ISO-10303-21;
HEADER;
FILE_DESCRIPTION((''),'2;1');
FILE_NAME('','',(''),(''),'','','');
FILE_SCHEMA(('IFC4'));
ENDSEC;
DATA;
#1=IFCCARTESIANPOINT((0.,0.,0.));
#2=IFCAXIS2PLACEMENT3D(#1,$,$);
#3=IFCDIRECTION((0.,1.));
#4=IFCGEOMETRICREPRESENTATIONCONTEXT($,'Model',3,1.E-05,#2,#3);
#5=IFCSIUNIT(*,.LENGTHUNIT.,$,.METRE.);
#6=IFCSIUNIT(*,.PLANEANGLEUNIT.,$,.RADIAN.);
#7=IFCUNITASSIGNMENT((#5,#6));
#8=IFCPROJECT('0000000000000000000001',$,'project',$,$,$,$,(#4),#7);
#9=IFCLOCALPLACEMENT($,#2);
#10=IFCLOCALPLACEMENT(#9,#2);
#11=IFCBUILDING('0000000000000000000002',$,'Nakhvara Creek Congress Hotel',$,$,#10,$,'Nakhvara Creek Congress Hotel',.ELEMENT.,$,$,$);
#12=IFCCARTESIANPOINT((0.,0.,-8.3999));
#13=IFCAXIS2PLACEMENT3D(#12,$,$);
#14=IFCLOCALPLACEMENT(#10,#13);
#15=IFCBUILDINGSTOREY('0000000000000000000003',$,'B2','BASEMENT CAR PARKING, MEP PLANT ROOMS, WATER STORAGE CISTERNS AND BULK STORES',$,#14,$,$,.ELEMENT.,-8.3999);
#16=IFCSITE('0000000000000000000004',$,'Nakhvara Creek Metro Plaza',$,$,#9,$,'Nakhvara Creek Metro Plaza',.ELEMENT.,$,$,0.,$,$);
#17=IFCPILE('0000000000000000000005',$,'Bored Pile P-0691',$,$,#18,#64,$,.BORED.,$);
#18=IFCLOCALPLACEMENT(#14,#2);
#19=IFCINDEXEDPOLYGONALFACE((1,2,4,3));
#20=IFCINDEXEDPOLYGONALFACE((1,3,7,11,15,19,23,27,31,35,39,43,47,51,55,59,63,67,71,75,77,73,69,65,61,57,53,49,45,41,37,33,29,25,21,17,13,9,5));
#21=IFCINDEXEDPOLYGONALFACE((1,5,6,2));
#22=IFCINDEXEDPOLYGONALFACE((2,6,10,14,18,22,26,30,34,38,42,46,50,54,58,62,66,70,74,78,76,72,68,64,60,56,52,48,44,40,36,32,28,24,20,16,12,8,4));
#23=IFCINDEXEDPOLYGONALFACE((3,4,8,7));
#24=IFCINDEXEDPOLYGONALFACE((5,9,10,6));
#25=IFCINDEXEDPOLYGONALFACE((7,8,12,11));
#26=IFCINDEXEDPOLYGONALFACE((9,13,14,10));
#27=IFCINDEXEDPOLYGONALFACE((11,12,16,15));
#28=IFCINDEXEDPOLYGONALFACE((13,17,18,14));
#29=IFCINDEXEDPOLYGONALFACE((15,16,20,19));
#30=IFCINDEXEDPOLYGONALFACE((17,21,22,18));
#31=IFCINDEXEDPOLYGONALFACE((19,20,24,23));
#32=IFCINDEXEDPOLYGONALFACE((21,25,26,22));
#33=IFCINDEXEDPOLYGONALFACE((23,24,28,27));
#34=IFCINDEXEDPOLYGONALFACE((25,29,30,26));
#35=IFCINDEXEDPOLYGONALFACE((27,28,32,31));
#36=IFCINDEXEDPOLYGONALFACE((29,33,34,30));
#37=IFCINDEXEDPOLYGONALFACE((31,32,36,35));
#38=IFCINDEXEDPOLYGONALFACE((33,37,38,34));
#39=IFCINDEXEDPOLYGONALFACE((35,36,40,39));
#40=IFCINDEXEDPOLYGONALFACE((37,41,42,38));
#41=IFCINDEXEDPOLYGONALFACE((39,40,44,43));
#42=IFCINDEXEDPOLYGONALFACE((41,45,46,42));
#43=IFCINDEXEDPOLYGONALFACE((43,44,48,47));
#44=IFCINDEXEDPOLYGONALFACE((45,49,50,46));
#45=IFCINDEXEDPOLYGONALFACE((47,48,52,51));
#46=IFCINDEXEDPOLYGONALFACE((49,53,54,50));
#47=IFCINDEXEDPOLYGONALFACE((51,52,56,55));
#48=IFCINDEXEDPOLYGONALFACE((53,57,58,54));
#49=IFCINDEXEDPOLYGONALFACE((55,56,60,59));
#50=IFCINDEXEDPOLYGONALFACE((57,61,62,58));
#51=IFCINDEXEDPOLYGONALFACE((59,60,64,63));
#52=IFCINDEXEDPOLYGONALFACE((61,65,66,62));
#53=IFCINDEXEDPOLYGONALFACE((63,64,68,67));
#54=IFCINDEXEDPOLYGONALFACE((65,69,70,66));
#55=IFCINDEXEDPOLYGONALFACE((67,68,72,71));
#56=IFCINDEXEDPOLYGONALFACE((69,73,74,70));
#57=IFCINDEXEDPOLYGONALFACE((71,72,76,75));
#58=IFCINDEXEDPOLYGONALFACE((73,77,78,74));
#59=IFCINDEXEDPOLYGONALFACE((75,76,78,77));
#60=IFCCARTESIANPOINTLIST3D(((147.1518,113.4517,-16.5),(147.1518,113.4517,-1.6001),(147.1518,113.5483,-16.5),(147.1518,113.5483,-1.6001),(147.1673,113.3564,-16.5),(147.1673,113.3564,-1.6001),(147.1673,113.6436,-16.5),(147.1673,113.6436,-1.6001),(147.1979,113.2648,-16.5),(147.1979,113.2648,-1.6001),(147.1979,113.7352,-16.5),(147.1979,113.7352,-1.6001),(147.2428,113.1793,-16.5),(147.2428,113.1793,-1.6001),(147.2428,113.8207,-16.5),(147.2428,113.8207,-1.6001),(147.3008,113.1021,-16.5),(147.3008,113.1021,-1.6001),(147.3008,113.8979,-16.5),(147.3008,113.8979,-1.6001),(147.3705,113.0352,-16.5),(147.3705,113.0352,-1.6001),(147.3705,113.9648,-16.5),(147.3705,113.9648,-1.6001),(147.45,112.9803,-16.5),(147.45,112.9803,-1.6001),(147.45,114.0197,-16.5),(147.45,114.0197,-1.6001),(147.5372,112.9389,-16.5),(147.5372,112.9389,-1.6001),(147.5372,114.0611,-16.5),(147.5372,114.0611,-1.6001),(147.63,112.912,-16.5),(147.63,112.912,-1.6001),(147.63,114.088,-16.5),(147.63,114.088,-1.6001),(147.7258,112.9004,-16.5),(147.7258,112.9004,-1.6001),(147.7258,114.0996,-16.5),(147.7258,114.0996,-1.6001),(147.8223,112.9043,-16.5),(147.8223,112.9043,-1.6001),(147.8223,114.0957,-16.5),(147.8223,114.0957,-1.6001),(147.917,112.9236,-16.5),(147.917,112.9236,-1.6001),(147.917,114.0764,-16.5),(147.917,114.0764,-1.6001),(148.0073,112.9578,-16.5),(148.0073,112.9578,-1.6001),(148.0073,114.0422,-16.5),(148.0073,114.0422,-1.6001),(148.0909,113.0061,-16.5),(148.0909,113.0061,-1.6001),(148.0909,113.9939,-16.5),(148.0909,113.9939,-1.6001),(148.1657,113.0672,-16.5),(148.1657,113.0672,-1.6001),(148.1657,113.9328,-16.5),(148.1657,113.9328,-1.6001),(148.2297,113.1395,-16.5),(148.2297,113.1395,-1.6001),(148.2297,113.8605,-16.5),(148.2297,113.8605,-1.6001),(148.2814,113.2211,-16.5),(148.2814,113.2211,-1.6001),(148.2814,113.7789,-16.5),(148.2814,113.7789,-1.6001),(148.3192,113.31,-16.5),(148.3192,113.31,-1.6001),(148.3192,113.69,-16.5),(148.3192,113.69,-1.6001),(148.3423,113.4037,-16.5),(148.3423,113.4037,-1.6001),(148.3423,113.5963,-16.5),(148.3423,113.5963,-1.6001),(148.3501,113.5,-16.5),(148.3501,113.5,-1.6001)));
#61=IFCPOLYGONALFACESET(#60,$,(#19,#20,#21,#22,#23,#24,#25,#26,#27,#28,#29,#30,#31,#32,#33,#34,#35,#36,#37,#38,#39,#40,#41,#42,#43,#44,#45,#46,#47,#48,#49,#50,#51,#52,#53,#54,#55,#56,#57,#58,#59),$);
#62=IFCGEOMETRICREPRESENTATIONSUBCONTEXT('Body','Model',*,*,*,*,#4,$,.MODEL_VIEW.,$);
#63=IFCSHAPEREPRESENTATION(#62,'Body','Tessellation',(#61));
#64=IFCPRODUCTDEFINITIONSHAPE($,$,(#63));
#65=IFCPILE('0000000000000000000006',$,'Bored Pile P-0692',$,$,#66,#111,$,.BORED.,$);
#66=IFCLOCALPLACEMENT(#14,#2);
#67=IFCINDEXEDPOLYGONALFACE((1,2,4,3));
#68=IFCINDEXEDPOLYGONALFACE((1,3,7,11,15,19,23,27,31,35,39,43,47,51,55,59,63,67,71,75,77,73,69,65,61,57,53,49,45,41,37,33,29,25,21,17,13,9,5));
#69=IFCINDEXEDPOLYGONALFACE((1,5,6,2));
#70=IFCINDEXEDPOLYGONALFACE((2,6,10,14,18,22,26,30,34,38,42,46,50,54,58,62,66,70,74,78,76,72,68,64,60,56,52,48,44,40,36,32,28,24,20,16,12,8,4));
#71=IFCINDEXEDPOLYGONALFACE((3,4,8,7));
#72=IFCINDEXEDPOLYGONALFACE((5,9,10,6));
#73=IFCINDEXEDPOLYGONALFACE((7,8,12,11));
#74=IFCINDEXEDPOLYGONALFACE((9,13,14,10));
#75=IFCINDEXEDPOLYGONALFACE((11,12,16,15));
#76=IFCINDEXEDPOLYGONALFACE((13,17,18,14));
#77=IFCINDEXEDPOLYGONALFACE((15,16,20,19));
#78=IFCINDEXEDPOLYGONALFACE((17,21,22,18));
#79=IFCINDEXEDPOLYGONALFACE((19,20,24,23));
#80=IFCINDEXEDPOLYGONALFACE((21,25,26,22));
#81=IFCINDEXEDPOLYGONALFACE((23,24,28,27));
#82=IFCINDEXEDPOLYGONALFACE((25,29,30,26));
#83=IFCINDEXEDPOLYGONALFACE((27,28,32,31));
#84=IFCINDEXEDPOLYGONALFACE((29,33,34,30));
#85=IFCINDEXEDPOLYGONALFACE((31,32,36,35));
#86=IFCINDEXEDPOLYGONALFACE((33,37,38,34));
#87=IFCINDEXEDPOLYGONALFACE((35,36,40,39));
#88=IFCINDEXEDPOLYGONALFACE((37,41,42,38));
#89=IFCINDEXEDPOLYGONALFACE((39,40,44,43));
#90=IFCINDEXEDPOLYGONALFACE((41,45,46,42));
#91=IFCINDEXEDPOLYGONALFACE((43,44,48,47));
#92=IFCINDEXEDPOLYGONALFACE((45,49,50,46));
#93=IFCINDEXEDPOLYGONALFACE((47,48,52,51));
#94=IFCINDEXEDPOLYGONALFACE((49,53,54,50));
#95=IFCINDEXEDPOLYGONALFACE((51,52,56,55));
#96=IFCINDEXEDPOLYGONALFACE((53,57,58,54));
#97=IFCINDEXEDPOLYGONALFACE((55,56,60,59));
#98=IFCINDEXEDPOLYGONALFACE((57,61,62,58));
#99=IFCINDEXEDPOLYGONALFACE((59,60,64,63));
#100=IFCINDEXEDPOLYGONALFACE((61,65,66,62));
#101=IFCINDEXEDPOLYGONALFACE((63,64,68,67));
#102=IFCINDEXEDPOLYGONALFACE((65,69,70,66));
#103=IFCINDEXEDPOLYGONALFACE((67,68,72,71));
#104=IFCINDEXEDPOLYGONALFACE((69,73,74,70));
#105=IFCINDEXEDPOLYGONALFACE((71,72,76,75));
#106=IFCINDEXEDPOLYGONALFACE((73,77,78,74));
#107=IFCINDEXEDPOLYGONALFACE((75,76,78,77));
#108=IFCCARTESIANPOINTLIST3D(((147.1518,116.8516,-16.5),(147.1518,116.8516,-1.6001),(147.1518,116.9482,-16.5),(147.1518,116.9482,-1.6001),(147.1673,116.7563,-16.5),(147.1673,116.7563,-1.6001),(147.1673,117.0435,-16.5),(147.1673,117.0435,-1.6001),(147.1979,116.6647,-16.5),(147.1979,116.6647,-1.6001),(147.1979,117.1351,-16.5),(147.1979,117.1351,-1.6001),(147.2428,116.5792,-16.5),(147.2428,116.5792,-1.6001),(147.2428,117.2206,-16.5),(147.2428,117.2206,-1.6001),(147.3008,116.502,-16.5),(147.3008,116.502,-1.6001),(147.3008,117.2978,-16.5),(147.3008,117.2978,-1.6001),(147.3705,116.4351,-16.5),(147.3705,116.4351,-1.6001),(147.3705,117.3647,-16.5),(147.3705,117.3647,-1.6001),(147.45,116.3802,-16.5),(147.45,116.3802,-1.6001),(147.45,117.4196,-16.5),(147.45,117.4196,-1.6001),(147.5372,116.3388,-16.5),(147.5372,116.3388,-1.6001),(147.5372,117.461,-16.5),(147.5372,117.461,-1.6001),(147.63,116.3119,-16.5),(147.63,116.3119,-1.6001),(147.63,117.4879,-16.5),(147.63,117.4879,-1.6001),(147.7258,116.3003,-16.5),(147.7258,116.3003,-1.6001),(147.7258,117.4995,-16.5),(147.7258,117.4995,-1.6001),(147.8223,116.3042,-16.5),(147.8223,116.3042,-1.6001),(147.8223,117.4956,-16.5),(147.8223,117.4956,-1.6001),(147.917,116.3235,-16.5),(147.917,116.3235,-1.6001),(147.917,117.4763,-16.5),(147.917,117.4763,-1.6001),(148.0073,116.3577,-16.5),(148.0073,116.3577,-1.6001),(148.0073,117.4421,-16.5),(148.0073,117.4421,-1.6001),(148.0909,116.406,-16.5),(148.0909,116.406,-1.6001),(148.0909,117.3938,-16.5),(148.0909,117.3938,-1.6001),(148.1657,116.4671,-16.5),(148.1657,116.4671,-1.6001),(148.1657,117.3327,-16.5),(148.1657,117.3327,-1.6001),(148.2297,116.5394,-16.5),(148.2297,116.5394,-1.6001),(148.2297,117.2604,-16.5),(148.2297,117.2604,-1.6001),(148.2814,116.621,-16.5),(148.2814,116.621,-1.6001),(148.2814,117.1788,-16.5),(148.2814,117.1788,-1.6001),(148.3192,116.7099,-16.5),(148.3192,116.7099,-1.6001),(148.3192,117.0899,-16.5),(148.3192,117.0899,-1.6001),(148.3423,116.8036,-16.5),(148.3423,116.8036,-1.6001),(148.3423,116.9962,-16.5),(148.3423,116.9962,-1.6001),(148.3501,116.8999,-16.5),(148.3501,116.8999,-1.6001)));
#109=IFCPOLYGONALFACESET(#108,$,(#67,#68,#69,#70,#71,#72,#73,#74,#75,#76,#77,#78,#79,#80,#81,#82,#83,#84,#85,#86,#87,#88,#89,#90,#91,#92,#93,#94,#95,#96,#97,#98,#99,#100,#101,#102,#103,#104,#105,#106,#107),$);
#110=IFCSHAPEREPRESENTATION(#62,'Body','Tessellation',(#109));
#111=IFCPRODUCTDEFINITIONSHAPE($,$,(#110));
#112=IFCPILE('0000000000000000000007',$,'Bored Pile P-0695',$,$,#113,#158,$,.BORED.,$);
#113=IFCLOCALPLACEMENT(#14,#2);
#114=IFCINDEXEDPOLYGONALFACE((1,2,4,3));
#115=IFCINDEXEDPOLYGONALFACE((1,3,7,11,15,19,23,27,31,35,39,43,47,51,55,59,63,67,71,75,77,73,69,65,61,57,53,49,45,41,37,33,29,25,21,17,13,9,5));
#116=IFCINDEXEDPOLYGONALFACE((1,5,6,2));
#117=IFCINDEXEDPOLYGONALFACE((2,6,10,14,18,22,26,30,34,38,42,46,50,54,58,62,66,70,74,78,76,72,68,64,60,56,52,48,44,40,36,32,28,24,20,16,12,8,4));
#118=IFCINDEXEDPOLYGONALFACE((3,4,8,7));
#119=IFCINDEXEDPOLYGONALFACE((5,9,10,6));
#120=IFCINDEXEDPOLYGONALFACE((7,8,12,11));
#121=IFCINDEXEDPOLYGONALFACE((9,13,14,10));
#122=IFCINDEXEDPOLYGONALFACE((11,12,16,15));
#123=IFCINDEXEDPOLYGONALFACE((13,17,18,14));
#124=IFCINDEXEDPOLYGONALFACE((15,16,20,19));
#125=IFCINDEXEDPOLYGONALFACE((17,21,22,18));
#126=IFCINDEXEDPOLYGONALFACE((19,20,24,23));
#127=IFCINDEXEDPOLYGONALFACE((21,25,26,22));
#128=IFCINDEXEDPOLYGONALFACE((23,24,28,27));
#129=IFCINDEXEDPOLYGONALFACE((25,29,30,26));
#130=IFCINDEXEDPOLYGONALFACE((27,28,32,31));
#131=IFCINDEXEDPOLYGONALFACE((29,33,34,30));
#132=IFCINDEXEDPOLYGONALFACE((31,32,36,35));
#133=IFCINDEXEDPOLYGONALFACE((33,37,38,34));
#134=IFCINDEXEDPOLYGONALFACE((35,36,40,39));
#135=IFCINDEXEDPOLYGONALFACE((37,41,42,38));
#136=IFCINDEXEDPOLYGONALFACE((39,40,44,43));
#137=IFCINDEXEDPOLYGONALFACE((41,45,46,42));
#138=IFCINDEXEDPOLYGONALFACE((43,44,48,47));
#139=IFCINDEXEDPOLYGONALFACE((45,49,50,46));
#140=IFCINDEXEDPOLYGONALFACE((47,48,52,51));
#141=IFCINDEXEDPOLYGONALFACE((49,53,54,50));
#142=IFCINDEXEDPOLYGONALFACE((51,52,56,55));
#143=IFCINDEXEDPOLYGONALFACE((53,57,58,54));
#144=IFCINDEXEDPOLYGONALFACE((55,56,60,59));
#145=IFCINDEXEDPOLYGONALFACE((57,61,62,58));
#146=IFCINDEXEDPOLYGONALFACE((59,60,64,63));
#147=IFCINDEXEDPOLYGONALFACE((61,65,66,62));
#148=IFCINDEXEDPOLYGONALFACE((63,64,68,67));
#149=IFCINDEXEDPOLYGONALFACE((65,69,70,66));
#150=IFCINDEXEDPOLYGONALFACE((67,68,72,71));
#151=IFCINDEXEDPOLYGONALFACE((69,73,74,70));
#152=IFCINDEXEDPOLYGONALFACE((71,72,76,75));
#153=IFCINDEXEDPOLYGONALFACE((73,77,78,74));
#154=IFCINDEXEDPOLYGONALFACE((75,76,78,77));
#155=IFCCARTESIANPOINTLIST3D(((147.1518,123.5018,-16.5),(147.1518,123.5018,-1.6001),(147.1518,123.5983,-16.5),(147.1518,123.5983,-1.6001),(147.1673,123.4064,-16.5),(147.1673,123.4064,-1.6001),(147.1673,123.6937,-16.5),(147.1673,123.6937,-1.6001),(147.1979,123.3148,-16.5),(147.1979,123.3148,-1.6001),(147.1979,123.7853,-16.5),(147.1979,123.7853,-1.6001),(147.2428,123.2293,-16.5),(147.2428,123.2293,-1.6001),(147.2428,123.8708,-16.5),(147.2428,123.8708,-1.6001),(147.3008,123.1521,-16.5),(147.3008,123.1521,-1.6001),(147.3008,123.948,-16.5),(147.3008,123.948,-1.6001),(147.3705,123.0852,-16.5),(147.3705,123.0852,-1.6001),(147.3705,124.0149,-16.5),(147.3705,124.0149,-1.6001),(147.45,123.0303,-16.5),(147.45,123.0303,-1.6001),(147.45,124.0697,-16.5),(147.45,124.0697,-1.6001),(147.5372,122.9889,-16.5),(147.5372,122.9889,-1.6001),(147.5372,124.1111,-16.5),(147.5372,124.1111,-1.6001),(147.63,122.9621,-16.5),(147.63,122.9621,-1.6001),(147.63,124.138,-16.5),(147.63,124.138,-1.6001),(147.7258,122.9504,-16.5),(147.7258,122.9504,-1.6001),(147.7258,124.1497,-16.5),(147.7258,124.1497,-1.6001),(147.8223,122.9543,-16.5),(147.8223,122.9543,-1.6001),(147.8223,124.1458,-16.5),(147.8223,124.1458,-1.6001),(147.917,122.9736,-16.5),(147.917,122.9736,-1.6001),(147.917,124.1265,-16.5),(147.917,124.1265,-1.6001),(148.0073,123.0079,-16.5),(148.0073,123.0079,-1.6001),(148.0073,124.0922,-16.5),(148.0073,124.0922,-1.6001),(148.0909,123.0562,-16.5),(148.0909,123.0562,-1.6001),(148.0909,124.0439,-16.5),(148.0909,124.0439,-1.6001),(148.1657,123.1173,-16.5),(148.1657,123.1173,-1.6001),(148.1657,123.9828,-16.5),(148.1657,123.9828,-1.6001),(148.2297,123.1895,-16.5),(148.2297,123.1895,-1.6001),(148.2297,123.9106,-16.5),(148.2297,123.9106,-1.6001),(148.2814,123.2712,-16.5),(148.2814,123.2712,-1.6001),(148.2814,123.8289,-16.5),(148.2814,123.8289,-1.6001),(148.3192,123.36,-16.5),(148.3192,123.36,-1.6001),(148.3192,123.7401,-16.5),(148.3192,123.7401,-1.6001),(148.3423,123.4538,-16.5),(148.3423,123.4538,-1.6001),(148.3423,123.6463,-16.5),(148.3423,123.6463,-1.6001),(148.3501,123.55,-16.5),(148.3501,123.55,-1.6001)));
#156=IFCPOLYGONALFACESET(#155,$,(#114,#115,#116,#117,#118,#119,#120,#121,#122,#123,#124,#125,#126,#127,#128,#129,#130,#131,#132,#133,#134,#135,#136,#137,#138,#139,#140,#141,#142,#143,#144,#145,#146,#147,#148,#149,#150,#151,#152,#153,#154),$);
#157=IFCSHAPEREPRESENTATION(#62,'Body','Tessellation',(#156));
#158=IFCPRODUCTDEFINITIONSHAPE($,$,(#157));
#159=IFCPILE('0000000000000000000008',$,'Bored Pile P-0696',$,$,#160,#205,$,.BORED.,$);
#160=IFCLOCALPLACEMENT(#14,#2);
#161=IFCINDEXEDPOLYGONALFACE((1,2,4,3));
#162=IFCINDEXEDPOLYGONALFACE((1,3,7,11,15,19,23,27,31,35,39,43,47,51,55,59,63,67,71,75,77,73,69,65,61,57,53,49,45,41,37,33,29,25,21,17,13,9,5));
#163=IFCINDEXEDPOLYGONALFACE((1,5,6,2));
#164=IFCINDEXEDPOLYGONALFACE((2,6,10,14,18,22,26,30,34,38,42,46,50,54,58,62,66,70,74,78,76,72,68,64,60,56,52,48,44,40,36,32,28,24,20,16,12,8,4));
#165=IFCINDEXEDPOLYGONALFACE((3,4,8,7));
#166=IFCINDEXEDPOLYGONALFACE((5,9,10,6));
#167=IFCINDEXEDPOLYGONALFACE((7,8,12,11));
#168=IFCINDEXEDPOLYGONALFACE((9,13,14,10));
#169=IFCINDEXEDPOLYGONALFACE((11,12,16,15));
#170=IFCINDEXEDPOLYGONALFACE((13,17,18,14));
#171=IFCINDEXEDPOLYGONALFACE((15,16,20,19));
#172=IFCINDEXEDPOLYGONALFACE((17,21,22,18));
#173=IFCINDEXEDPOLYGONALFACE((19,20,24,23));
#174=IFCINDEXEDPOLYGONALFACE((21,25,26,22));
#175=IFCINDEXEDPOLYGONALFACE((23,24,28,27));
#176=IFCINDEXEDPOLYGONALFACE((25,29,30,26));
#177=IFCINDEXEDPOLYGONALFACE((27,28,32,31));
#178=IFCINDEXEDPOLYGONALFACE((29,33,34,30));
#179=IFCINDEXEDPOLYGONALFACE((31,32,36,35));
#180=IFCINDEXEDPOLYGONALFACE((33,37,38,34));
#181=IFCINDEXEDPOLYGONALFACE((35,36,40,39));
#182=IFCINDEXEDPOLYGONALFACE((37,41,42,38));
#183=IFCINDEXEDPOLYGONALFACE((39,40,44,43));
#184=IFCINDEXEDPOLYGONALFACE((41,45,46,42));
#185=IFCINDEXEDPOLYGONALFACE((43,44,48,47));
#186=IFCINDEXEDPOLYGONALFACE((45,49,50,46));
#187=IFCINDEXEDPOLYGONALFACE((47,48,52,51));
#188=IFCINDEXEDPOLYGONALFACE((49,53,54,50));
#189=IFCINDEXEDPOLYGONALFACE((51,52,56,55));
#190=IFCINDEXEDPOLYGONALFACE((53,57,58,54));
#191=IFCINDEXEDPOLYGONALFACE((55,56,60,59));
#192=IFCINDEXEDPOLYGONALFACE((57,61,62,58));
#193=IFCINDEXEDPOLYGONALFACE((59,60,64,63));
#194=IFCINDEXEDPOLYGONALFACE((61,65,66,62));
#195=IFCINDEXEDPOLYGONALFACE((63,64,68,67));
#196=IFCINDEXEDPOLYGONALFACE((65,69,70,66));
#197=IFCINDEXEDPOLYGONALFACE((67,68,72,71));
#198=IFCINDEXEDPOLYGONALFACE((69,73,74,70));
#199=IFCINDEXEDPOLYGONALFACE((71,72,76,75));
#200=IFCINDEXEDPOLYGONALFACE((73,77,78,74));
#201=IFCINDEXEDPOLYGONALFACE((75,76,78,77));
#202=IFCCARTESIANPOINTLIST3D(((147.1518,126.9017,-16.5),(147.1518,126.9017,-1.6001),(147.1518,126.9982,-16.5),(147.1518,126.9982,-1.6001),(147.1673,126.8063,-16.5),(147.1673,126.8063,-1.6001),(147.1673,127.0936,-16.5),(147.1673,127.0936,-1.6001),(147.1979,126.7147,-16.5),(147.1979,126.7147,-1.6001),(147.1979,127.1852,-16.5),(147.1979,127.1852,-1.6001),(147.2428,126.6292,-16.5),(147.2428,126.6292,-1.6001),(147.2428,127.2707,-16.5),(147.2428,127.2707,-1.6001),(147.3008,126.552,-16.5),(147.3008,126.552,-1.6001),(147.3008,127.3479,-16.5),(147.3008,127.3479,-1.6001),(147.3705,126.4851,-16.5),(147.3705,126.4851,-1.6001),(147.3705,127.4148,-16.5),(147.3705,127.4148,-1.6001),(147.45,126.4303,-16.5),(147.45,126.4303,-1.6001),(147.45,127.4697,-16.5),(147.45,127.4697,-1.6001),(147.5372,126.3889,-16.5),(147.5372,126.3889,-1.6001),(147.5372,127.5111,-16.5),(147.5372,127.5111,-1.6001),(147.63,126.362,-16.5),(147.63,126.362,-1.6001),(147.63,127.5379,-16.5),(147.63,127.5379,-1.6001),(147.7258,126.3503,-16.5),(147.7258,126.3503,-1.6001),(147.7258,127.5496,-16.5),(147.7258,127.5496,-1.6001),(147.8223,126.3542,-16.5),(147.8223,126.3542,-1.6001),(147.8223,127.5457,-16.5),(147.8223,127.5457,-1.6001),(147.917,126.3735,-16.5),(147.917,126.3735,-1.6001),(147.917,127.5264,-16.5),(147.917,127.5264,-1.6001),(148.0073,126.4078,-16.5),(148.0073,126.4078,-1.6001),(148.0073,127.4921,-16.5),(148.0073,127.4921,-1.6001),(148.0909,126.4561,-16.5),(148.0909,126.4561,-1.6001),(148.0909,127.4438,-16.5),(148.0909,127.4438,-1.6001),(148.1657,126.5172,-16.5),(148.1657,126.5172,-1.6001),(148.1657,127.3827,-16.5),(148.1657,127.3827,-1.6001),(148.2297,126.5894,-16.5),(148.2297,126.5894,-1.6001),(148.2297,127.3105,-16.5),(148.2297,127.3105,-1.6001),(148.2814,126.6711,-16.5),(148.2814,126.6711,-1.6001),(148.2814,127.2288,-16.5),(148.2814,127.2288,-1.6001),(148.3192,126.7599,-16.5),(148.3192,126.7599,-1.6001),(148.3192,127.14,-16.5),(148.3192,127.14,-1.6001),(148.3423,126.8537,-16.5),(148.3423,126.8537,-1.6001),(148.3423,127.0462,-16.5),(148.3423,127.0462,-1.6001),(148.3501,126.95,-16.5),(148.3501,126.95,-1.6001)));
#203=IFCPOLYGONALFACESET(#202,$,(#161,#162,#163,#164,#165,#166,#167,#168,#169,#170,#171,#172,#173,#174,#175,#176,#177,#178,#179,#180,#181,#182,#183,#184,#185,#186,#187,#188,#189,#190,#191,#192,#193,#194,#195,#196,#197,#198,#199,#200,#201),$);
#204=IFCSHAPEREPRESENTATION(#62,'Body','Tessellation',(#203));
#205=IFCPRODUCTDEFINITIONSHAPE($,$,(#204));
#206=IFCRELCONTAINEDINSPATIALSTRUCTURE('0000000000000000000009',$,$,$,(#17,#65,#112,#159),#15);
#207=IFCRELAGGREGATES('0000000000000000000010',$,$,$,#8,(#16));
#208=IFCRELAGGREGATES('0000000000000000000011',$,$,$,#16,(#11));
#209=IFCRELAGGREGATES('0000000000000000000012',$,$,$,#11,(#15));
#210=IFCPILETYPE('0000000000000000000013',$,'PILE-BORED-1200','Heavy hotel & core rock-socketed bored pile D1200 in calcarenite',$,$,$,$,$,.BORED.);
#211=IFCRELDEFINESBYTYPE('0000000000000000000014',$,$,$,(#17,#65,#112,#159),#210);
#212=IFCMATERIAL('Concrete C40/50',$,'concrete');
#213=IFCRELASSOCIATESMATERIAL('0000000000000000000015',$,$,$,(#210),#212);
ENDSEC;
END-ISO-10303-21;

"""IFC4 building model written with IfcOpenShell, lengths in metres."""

from ifc_helpers import new_model, si_unit, direction, frame, origin, origin_2d, place, context, subcontext, project, spatial, circle, extrude, material, material_profile, profile_set, type_object, element, save


model = new_model("IFC4")

# Units and contexts
model_context = context("Model", 3, precision=1e-05, world=origin(), true_north=direction((0.0, 1.0)))
body_context = subcontext(model_context, "Body", "Model", "MODEL_VIEW")
ifc_project = project(units=[si_unit("LENGTHUNIT", "METRE"), si_unit("PLANEANGLEUNIT", "RADIAN")], contexts=[model_context])

# Site, building, storey
site_placement = place(None, origin())
site = spatial("IfcSite", under=ifc_project, at=site_placement, Name="Nakhvara Creek Metro Plaza", LongName="Nakhvara Creek Metro Plaza", CompositionType="ELEMENT", RefElevation=0.0)
building_placement = place(site_placement, origin())
building = spatial("IfcBuilding", under=site, at=building_placement, Name="Nakhvara Creek Congress Hotel", LongName="Nakhvara Creek Congress Hotel", CompositionType="ELEMENT")
storey_placement = place(building_placement, frame((0.0, 0.0, -8.3999)))
storey = spatial("IfcBuildingStorey", under=building, at=storey_placement, Name="B2", Description="BASEMENT CAR PARKING, MEP PLANT ROOMS, WATER STORAGE CISTERNS AND BULK STORES", CompositionType="ELEMENT", Elevation=-8.3999)

# Shared definitions
ifc_material_1 = material(Name="Concrete C40/50", Category="concrete")

# Piles
ifc_material_profile_1 = material_profile(ifc_material_1, circle(Radius=0.6001, at=origin_2d()), Name="BORED PILE D1200", Category="LoadBearing")
ifc_profile_set_1 = profile_set([ifc_material_profile_1], Name="Concrete C40/50")
pile_type_1 = type_object("IfcPileType", Name="PILE-BORED-1200", Description="Heavy hotel & core rock-socketed bored pile D1200 in calcarenite", PredefinedType="BORED", material=ifc_profile_set_1)
for number, where, z_axis, x_axis, name in (
    (1, (147.75, 113.5, -1.6001), (0.0, 0.0, -1.0), (1.0, 0.0, 0.0), "Bored Pile P-0691"),
    (2, (147.75, 116.8999, -1.6001), (0.0, 0.0, -1.0), (1.0, 0.0, 0.0), "Bored Pile P-0692"),
    (3, (147.75, 123.55, -1.6001), (0.0, 0.0, -1.0), (1.0, 0.0, 0.0), "Bored Pile P-0695"),
    (4, (147.75, 126.95, -1.6001), (0.0, 0.0, -1.0), (1.0, 0.0, 0.0), "Bored Pile P-0696"),
):
    element("IfcPile", number, at=place(storey_placement, frame(where, z_axis=z_axis, x_axis=x_axis)), inside=storey, type_object=pile_type_1, Name=name, PredefinedType="BORED", context=body_context, shape_type="SweptSolid", body=[
        extrude(circle(Radius=0.6001, at=origin_2d()), origin(), (0.0, 0.0, 1.0), 14.8999),
    ])

save(model, "model.ifc")
